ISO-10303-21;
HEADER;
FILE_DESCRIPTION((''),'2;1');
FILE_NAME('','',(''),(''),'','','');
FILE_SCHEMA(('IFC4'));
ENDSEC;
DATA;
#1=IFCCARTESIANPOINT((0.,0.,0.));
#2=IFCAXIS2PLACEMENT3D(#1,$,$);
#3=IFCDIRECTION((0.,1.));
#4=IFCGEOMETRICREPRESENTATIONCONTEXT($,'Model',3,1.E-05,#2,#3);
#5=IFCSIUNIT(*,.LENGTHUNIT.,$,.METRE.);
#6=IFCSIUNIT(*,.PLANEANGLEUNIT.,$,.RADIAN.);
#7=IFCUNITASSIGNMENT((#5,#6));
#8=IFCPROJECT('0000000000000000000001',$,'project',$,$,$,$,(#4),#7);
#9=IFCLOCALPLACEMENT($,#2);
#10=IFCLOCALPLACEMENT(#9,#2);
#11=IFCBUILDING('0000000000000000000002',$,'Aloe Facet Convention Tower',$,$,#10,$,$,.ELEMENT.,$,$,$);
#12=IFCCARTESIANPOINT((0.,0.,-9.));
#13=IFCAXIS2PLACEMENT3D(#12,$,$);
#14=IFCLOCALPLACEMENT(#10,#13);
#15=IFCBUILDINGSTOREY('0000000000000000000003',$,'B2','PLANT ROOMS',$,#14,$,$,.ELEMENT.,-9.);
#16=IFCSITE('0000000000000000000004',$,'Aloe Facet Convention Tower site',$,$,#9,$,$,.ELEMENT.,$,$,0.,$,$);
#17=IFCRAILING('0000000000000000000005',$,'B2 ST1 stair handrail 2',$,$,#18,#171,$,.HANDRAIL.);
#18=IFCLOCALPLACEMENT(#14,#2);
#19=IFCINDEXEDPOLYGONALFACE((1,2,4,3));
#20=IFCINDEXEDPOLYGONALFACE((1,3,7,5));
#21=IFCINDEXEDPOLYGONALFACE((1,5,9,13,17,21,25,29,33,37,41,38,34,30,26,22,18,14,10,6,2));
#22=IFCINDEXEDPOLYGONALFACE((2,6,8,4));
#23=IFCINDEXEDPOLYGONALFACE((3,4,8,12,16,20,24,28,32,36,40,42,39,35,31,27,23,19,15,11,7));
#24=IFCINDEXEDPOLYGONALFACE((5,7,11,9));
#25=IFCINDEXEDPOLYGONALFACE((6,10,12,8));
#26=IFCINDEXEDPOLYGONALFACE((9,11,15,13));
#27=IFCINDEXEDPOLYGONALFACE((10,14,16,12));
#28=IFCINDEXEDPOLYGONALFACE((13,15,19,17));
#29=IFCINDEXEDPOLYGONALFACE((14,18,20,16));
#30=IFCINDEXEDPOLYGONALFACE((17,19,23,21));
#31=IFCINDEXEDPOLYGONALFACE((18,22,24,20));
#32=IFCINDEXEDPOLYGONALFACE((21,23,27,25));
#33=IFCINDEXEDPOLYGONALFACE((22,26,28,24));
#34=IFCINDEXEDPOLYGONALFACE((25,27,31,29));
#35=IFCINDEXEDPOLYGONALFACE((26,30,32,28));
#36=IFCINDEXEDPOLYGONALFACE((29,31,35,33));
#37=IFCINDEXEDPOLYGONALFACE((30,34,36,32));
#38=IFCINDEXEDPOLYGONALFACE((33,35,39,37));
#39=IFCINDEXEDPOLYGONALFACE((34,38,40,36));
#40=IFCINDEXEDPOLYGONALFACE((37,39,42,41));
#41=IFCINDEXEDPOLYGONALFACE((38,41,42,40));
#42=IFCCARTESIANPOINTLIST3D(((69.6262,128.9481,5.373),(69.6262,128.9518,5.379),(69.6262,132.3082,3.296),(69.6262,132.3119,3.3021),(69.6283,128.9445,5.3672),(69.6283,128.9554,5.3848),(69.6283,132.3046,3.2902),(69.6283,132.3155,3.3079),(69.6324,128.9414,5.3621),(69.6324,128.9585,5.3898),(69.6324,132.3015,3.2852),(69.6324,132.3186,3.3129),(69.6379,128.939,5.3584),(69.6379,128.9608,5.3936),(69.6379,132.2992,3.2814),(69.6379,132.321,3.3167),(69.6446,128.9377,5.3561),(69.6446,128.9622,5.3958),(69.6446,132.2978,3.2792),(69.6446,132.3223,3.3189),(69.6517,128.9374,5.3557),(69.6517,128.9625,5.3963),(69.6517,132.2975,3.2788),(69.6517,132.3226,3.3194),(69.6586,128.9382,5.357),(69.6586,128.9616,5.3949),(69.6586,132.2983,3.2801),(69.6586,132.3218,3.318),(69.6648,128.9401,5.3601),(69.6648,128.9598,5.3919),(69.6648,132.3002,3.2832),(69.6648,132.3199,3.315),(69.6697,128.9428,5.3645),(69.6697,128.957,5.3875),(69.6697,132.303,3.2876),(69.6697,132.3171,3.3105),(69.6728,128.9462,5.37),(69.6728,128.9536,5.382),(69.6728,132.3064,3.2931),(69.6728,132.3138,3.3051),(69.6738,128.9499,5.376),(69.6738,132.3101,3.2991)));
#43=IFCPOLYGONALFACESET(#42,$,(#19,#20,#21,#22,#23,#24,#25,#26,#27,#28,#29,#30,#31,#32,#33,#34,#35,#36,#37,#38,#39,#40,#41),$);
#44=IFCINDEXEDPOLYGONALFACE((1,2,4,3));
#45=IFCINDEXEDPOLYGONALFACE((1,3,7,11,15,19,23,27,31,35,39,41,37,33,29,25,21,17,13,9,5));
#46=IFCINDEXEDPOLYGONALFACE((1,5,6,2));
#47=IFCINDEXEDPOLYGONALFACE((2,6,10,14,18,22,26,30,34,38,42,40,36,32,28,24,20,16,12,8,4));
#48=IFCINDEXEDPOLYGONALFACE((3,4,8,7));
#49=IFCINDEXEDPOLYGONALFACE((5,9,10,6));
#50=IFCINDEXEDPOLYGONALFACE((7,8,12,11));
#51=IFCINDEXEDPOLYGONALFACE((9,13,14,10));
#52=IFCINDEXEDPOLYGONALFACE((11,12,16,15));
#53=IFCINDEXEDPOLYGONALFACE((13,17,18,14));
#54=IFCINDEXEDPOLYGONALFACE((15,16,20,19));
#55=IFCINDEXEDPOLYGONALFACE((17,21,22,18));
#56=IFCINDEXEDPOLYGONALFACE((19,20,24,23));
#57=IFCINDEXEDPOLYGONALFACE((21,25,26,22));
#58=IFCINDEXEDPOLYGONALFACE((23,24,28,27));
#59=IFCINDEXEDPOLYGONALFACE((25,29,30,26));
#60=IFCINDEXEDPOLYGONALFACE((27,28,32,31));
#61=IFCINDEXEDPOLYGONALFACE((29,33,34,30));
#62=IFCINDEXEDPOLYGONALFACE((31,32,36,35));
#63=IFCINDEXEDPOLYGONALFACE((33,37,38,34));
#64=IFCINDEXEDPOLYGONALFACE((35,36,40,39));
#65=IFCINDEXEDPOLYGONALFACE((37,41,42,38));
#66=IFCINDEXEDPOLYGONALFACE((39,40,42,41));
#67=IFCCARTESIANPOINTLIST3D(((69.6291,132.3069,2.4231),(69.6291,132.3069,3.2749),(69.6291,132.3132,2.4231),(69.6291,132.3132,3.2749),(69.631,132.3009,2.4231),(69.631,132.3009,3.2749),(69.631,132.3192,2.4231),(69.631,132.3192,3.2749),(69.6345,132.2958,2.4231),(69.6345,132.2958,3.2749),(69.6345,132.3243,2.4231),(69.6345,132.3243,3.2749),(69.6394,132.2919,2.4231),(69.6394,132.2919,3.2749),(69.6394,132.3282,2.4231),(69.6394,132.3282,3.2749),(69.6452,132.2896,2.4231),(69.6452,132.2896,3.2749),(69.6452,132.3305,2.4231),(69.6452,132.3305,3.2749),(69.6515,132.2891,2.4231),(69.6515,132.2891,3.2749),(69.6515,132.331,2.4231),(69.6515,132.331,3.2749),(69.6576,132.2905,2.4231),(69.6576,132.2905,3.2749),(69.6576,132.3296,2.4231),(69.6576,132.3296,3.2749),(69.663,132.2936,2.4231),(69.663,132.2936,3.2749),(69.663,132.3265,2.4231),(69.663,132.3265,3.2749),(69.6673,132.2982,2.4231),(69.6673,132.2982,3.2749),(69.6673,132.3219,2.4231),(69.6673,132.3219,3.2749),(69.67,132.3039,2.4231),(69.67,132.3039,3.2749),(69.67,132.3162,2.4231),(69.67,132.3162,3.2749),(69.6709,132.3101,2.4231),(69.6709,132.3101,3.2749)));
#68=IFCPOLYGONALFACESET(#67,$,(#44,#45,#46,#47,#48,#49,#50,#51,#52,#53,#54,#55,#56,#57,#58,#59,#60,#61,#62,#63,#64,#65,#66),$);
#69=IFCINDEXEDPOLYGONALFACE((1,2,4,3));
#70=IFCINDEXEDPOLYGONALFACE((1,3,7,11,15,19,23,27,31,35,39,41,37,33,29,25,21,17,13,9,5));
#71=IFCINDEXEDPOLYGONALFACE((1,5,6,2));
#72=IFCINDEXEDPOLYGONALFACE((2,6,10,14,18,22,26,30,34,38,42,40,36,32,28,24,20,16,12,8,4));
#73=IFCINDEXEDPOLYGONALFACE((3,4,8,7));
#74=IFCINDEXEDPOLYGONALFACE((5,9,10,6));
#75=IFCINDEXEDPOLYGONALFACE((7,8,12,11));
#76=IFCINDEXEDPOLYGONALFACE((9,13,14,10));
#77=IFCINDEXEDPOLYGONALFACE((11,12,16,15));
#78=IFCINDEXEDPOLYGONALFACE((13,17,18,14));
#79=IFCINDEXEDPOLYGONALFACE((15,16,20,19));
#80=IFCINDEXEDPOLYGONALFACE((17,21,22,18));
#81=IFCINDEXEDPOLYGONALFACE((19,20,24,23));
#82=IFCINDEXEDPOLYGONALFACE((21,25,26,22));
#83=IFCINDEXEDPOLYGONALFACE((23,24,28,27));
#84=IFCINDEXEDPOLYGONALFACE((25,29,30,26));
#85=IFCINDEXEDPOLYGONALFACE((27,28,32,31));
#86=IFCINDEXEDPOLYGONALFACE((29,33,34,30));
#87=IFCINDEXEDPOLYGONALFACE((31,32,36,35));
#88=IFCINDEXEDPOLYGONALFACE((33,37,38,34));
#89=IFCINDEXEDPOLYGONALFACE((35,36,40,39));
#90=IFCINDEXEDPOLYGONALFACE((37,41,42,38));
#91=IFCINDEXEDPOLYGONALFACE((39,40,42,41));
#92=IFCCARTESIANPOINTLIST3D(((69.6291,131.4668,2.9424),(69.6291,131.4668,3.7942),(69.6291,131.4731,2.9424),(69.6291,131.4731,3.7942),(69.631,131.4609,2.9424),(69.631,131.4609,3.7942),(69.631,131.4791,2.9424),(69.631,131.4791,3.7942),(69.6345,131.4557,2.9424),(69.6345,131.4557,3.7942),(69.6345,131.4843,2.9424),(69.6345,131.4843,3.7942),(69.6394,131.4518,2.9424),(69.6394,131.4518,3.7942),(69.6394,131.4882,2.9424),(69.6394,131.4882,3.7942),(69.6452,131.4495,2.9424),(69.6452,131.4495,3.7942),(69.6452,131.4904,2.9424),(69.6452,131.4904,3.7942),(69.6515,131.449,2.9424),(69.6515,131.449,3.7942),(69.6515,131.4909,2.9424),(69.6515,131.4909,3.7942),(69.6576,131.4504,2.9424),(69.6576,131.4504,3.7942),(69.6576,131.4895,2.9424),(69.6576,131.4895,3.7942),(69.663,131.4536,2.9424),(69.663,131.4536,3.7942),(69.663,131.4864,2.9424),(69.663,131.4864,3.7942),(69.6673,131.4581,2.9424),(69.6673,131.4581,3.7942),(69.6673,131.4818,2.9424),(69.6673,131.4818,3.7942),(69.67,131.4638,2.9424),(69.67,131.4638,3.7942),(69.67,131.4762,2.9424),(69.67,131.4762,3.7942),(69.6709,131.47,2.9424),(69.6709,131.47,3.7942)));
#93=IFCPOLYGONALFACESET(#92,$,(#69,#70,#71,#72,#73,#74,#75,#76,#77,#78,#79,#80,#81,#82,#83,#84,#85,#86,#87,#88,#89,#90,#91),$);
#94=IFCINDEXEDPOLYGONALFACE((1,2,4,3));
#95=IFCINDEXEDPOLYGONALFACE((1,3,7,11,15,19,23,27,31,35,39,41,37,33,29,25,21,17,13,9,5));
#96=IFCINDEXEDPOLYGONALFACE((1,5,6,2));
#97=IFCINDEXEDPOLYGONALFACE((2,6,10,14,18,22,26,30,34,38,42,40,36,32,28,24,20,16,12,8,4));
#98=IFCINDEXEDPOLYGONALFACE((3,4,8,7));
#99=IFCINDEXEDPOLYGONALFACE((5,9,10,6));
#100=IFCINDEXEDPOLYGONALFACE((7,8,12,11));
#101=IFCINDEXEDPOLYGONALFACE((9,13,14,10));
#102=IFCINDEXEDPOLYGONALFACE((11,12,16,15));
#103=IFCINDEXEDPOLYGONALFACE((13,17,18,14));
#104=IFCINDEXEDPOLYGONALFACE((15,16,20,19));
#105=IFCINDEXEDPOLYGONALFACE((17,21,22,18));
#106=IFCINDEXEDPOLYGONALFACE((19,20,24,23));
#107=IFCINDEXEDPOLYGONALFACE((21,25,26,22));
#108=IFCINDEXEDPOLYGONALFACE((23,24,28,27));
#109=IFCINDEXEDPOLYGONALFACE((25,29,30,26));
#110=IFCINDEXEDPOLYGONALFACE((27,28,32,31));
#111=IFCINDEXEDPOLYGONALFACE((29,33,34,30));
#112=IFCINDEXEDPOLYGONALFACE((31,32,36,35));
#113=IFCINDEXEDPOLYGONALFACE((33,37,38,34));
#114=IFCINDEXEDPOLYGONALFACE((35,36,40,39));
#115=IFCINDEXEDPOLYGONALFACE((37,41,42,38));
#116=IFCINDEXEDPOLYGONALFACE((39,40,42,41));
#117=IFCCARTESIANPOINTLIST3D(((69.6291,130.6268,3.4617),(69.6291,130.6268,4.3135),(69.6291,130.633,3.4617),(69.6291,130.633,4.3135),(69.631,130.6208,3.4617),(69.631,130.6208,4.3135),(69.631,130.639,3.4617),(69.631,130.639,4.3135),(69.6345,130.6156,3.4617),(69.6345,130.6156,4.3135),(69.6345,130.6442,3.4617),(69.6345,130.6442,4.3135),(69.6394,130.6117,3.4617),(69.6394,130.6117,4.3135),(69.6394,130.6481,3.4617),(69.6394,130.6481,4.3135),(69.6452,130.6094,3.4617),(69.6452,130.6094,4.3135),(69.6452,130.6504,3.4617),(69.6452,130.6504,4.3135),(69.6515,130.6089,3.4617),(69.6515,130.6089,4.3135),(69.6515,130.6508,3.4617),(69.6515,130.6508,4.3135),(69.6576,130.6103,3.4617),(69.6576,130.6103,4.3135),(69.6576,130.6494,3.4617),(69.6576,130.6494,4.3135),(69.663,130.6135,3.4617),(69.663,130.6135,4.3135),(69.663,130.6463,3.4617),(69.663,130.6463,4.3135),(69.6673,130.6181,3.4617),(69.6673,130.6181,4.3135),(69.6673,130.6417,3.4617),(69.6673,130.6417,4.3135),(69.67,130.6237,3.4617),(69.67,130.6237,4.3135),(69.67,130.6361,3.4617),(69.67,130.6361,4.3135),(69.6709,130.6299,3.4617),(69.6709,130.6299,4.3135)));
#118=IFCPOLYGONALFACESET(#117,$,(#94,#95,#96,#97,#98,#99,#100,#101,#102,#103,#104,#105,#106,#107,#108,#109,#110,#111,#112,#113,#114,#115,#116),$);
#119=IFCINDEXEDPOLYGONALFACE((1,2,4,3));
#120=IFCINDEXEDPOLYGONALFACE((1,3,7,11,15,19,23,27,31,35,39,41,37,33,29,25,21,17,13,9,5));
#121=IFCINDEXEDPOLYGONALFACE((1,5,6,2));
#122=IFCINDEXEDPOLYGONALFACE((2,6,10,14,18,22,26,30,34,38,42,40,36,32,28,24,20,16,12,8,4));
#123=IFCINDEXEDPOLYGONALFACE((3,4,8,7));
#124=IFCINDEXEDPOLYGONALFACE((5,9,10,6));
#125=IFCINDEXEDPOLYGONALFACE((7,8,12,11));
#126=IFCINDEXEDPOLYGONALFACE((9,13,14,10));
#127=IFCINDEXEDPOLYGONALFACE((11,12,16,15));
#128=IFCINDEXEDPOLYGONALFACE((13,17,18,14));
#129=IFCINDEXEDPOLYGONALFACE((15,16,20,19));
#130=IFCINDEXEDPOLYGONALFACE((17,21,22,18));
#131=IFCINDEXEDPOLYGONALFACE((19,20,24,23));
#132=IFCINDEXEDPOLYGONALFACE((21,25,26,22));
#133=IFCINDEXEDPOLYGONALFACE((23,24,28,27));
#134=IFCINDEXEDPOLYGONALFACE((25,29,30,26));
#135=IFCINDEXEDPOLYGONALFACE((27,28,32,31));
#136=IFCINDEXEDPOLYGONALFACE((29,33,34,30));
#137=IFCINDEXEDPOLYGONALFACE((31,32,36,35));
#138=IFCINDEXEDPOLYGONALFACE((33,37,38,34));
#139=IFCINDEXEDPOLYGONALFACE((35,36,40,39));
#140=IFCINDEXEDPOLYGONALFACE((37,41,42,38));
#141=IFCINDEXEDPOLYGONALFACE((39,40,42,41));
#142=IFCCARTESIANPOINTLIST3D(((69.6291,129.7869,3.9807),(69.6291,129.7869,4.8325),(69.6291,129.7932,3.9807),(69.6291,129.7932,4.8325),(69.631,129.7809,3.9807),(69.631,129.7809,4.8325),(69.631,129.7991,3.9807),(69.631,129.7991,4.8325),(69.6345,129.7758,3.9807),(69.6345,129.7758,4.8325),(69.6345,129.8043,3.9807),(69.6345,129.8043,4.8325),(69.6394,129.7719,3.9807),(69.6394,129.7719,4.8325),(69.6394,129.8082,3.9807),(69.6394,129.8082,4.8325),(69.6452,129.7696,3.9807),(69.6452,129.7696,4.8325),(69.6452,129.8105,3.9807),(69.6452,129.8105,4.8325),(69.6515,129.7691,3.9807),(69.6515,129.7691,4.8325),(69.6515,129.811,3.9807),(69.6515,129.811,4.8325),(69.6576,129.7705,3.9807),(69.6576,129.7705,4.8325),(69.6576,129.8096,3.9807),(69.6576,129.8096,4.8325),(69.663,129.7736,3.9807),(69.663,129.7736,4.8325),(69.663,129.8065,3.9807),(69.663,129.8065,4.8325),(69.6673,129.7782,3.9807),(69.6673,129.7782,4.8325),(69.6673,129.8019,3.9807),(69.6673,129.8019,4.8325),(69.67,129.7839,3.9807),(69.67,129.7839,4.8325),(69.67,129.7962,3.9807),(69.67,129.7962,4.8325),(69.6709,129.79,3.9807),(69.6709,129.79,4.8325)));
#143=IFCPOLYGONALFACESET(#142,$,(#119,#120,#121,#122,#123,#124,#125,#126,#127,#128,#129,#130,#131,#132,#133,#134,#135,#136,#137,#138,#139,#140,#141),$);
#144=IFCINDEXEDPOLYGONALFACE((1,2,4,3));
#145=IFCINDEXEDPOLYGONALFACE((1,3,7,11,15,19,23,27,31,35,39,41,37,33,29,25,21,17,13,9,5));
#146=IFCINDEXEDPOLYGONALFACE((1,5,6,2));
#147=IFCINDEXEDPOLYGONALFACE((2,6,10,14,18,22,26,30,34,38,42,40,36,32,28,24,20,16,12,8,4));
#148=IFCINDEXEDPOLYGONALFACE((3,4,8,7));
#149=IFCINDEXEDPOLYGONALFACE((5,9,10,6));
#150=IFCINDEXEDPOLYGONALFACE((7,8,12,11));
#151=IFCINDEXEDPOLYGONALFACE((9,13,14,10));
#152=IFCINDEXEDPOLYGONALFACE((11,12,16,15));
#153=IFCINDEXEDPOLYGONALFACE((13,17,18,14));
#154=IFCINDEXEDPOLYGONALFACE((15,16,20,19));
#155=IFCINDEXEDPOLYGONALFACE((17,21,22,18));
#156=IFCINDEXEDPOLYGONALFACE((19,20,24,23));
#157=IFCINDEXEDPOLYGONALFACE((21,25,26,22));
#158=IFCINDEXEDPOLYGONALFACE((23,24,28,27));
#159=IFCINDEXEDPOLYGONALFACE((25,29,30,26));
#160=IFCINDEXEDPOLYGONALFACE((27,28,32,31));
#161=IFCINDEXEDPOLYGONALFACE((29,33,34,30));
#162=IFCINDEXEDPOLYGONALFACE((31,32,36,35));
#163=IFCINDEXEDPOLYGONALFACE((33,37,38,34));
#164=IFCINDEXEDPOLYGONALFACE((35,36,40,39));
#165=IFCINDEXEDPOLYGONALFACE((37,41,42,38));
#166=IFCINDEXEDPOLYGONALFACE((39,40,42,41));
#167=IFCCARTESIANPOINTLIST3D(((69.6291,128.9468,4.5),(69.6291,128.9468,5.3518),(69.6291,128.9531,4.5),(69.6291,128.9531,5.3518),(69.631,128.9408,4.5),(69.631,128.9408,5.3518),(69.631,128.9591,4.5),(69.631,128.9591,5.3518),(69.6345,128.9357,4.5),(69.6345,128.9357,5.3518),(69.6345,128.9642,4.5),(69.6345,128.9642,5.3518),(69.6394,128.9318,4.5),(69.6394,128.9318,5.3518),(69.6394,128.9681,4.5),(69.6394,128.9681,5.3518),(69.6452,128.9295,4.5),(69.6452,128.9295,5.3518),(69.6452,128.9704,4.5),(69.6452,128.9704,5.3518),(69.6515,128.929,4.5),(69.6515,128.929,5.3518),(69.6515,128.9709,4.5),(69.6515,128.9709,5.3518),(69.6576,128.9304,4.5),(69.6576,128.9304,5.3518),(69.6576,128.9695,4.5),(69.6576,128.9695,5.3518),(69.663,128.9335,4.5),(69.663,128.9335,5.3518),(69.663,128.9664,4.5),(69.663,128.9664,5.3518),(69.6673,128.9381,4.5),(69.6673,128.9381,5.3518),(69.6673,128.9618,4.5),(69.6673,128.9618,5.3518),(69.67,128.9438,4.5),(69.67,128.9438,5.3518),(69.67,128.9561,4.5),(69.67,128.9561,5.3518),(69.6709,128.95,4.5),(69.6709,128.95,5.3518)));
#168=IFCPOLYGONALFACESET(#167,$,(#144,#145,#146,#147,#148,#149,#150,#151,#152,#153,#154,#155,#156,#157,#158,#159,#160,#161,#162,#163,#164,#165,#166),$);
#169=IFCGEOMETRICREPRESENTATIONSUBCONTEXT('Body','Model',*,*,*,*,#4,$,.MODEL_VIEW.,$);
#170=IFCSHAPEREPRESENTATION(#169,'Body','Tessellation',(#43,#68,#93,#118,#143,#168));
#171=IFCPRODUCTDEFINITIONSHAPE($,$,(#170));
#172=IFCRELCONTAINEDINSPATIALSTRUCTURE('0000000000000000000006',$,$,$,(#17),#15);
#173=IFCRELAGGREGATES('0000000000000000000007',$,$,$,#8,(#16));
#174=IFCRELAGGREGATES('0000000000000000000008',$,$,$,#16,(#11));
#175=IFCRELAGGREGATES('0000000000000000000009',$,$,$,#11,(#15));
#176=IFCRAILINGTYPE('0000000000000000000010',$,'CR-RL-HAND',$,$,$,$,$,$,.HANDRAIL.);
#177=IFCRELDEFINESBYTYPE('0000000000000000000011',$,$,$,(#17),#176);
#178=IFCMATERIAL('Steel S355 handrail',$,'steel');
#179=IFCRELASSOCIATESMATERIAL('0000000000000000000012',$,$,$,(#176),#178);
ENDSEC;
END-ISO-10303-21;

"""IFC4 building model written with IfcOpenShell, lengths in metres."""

from ifc_helpers import new_model, si_unit, direction, frame, origin, origin_2d, place, context, subcontext, project, spatial, circle, extrude, material, type_object, element, save


model = new_model("IFC4")

# Units and contexts
model_context = context("Model", 3, precision=1e-05, world=origin(), true_north=direction((0.0, 1.0)))
body_context = subcontext(model_context, "Body", "Model", "MODEL_VIEW")
ifc_project = project(units=[si_unit("LENGTHUNIT", "METRE"), si_unit("PLANEANGLEUNIT", "RADIAN")], contexts=[model_context])

# Site, building, storey
site_placement = place(None, origin())
site = spatial("IfcSite", under=ifc_project, at=site_placement, Name="Aloe Facet Convention Tower site", CompositionType="ELEMENT", RefElevation=0.0)
building_placement = place(site_placement, origin())
building = spatial("IfcBuilding", under=site, at=building_placement, Name="Aloe Facet Convention Tower", CompositionType="ELEMENT")
storey_placement = place(building_placement, frame((0.0, 0.0, -9.0)))
storey = spatial("IfcBuildingStorey", under=building, at=storey_placement, Name="B2", Description="PLANT ROOMS", CompositionType="ELEMENT", Elevation=-9.0)

# Railing
ifc_material_1 = material(Name="Steel S355 handrail", Category="steel")
railing_type_1 = type_object("IfcRailingType", Name="CR-RL-HAND", PredefinedType="HANDRAIL", material=ifc_material_1)
railing_1_placement = place(storey_placement, frame((69.6499, 132.3101, 2.4231)))
element("IfcRailing", 1, at=railing_1_placement, inside=storey, type_object=railing_type_1, Name="B2 ST1 stair handrail 2", PredefinedType="HANDRAIL", context=body_context, shape_type="SweptSolid", body=[
    extrude(circle(Radius=0.0239, at=origin_2d()), frame((0.0, 0.0, 0.876), z_axis=(0.0, -0.850623, 0.525776), x_axis=(1.0, 0.0, 0.0)), (0.0, 0.0, 1.0), 3.9502),
    extrude(circle(Radius=0.021, at=origin_2d()), origin(), (0.0, 0.0, 1.0), 0.8518),
    extrude(circle(Radius=0.021, at=origin_2d()), frame((0.0, -0.8401, 0.5193)), (0.0, 0.0, 1.0), 0.8518),
    extrude(circle(Radius=0.021, at=origin_2d()), frame((0.0, -1.6802, 1.0386)), (0.0, 0.0, 1.0), 0.8518),
    extrude(circle(Radius=0.021, at=origin_2d()), frame((0.0, -2.52, 1.5576)), (0.0, 0.0, 1.0), 0.8518),
    extrude(circle(Radius=0.021, at=origin_2d()), frame((0.0, -3.3601, 2.0769)), (0.0, 0.0, 1.0), 0.8518),
])

save(model, "model.ifc")
